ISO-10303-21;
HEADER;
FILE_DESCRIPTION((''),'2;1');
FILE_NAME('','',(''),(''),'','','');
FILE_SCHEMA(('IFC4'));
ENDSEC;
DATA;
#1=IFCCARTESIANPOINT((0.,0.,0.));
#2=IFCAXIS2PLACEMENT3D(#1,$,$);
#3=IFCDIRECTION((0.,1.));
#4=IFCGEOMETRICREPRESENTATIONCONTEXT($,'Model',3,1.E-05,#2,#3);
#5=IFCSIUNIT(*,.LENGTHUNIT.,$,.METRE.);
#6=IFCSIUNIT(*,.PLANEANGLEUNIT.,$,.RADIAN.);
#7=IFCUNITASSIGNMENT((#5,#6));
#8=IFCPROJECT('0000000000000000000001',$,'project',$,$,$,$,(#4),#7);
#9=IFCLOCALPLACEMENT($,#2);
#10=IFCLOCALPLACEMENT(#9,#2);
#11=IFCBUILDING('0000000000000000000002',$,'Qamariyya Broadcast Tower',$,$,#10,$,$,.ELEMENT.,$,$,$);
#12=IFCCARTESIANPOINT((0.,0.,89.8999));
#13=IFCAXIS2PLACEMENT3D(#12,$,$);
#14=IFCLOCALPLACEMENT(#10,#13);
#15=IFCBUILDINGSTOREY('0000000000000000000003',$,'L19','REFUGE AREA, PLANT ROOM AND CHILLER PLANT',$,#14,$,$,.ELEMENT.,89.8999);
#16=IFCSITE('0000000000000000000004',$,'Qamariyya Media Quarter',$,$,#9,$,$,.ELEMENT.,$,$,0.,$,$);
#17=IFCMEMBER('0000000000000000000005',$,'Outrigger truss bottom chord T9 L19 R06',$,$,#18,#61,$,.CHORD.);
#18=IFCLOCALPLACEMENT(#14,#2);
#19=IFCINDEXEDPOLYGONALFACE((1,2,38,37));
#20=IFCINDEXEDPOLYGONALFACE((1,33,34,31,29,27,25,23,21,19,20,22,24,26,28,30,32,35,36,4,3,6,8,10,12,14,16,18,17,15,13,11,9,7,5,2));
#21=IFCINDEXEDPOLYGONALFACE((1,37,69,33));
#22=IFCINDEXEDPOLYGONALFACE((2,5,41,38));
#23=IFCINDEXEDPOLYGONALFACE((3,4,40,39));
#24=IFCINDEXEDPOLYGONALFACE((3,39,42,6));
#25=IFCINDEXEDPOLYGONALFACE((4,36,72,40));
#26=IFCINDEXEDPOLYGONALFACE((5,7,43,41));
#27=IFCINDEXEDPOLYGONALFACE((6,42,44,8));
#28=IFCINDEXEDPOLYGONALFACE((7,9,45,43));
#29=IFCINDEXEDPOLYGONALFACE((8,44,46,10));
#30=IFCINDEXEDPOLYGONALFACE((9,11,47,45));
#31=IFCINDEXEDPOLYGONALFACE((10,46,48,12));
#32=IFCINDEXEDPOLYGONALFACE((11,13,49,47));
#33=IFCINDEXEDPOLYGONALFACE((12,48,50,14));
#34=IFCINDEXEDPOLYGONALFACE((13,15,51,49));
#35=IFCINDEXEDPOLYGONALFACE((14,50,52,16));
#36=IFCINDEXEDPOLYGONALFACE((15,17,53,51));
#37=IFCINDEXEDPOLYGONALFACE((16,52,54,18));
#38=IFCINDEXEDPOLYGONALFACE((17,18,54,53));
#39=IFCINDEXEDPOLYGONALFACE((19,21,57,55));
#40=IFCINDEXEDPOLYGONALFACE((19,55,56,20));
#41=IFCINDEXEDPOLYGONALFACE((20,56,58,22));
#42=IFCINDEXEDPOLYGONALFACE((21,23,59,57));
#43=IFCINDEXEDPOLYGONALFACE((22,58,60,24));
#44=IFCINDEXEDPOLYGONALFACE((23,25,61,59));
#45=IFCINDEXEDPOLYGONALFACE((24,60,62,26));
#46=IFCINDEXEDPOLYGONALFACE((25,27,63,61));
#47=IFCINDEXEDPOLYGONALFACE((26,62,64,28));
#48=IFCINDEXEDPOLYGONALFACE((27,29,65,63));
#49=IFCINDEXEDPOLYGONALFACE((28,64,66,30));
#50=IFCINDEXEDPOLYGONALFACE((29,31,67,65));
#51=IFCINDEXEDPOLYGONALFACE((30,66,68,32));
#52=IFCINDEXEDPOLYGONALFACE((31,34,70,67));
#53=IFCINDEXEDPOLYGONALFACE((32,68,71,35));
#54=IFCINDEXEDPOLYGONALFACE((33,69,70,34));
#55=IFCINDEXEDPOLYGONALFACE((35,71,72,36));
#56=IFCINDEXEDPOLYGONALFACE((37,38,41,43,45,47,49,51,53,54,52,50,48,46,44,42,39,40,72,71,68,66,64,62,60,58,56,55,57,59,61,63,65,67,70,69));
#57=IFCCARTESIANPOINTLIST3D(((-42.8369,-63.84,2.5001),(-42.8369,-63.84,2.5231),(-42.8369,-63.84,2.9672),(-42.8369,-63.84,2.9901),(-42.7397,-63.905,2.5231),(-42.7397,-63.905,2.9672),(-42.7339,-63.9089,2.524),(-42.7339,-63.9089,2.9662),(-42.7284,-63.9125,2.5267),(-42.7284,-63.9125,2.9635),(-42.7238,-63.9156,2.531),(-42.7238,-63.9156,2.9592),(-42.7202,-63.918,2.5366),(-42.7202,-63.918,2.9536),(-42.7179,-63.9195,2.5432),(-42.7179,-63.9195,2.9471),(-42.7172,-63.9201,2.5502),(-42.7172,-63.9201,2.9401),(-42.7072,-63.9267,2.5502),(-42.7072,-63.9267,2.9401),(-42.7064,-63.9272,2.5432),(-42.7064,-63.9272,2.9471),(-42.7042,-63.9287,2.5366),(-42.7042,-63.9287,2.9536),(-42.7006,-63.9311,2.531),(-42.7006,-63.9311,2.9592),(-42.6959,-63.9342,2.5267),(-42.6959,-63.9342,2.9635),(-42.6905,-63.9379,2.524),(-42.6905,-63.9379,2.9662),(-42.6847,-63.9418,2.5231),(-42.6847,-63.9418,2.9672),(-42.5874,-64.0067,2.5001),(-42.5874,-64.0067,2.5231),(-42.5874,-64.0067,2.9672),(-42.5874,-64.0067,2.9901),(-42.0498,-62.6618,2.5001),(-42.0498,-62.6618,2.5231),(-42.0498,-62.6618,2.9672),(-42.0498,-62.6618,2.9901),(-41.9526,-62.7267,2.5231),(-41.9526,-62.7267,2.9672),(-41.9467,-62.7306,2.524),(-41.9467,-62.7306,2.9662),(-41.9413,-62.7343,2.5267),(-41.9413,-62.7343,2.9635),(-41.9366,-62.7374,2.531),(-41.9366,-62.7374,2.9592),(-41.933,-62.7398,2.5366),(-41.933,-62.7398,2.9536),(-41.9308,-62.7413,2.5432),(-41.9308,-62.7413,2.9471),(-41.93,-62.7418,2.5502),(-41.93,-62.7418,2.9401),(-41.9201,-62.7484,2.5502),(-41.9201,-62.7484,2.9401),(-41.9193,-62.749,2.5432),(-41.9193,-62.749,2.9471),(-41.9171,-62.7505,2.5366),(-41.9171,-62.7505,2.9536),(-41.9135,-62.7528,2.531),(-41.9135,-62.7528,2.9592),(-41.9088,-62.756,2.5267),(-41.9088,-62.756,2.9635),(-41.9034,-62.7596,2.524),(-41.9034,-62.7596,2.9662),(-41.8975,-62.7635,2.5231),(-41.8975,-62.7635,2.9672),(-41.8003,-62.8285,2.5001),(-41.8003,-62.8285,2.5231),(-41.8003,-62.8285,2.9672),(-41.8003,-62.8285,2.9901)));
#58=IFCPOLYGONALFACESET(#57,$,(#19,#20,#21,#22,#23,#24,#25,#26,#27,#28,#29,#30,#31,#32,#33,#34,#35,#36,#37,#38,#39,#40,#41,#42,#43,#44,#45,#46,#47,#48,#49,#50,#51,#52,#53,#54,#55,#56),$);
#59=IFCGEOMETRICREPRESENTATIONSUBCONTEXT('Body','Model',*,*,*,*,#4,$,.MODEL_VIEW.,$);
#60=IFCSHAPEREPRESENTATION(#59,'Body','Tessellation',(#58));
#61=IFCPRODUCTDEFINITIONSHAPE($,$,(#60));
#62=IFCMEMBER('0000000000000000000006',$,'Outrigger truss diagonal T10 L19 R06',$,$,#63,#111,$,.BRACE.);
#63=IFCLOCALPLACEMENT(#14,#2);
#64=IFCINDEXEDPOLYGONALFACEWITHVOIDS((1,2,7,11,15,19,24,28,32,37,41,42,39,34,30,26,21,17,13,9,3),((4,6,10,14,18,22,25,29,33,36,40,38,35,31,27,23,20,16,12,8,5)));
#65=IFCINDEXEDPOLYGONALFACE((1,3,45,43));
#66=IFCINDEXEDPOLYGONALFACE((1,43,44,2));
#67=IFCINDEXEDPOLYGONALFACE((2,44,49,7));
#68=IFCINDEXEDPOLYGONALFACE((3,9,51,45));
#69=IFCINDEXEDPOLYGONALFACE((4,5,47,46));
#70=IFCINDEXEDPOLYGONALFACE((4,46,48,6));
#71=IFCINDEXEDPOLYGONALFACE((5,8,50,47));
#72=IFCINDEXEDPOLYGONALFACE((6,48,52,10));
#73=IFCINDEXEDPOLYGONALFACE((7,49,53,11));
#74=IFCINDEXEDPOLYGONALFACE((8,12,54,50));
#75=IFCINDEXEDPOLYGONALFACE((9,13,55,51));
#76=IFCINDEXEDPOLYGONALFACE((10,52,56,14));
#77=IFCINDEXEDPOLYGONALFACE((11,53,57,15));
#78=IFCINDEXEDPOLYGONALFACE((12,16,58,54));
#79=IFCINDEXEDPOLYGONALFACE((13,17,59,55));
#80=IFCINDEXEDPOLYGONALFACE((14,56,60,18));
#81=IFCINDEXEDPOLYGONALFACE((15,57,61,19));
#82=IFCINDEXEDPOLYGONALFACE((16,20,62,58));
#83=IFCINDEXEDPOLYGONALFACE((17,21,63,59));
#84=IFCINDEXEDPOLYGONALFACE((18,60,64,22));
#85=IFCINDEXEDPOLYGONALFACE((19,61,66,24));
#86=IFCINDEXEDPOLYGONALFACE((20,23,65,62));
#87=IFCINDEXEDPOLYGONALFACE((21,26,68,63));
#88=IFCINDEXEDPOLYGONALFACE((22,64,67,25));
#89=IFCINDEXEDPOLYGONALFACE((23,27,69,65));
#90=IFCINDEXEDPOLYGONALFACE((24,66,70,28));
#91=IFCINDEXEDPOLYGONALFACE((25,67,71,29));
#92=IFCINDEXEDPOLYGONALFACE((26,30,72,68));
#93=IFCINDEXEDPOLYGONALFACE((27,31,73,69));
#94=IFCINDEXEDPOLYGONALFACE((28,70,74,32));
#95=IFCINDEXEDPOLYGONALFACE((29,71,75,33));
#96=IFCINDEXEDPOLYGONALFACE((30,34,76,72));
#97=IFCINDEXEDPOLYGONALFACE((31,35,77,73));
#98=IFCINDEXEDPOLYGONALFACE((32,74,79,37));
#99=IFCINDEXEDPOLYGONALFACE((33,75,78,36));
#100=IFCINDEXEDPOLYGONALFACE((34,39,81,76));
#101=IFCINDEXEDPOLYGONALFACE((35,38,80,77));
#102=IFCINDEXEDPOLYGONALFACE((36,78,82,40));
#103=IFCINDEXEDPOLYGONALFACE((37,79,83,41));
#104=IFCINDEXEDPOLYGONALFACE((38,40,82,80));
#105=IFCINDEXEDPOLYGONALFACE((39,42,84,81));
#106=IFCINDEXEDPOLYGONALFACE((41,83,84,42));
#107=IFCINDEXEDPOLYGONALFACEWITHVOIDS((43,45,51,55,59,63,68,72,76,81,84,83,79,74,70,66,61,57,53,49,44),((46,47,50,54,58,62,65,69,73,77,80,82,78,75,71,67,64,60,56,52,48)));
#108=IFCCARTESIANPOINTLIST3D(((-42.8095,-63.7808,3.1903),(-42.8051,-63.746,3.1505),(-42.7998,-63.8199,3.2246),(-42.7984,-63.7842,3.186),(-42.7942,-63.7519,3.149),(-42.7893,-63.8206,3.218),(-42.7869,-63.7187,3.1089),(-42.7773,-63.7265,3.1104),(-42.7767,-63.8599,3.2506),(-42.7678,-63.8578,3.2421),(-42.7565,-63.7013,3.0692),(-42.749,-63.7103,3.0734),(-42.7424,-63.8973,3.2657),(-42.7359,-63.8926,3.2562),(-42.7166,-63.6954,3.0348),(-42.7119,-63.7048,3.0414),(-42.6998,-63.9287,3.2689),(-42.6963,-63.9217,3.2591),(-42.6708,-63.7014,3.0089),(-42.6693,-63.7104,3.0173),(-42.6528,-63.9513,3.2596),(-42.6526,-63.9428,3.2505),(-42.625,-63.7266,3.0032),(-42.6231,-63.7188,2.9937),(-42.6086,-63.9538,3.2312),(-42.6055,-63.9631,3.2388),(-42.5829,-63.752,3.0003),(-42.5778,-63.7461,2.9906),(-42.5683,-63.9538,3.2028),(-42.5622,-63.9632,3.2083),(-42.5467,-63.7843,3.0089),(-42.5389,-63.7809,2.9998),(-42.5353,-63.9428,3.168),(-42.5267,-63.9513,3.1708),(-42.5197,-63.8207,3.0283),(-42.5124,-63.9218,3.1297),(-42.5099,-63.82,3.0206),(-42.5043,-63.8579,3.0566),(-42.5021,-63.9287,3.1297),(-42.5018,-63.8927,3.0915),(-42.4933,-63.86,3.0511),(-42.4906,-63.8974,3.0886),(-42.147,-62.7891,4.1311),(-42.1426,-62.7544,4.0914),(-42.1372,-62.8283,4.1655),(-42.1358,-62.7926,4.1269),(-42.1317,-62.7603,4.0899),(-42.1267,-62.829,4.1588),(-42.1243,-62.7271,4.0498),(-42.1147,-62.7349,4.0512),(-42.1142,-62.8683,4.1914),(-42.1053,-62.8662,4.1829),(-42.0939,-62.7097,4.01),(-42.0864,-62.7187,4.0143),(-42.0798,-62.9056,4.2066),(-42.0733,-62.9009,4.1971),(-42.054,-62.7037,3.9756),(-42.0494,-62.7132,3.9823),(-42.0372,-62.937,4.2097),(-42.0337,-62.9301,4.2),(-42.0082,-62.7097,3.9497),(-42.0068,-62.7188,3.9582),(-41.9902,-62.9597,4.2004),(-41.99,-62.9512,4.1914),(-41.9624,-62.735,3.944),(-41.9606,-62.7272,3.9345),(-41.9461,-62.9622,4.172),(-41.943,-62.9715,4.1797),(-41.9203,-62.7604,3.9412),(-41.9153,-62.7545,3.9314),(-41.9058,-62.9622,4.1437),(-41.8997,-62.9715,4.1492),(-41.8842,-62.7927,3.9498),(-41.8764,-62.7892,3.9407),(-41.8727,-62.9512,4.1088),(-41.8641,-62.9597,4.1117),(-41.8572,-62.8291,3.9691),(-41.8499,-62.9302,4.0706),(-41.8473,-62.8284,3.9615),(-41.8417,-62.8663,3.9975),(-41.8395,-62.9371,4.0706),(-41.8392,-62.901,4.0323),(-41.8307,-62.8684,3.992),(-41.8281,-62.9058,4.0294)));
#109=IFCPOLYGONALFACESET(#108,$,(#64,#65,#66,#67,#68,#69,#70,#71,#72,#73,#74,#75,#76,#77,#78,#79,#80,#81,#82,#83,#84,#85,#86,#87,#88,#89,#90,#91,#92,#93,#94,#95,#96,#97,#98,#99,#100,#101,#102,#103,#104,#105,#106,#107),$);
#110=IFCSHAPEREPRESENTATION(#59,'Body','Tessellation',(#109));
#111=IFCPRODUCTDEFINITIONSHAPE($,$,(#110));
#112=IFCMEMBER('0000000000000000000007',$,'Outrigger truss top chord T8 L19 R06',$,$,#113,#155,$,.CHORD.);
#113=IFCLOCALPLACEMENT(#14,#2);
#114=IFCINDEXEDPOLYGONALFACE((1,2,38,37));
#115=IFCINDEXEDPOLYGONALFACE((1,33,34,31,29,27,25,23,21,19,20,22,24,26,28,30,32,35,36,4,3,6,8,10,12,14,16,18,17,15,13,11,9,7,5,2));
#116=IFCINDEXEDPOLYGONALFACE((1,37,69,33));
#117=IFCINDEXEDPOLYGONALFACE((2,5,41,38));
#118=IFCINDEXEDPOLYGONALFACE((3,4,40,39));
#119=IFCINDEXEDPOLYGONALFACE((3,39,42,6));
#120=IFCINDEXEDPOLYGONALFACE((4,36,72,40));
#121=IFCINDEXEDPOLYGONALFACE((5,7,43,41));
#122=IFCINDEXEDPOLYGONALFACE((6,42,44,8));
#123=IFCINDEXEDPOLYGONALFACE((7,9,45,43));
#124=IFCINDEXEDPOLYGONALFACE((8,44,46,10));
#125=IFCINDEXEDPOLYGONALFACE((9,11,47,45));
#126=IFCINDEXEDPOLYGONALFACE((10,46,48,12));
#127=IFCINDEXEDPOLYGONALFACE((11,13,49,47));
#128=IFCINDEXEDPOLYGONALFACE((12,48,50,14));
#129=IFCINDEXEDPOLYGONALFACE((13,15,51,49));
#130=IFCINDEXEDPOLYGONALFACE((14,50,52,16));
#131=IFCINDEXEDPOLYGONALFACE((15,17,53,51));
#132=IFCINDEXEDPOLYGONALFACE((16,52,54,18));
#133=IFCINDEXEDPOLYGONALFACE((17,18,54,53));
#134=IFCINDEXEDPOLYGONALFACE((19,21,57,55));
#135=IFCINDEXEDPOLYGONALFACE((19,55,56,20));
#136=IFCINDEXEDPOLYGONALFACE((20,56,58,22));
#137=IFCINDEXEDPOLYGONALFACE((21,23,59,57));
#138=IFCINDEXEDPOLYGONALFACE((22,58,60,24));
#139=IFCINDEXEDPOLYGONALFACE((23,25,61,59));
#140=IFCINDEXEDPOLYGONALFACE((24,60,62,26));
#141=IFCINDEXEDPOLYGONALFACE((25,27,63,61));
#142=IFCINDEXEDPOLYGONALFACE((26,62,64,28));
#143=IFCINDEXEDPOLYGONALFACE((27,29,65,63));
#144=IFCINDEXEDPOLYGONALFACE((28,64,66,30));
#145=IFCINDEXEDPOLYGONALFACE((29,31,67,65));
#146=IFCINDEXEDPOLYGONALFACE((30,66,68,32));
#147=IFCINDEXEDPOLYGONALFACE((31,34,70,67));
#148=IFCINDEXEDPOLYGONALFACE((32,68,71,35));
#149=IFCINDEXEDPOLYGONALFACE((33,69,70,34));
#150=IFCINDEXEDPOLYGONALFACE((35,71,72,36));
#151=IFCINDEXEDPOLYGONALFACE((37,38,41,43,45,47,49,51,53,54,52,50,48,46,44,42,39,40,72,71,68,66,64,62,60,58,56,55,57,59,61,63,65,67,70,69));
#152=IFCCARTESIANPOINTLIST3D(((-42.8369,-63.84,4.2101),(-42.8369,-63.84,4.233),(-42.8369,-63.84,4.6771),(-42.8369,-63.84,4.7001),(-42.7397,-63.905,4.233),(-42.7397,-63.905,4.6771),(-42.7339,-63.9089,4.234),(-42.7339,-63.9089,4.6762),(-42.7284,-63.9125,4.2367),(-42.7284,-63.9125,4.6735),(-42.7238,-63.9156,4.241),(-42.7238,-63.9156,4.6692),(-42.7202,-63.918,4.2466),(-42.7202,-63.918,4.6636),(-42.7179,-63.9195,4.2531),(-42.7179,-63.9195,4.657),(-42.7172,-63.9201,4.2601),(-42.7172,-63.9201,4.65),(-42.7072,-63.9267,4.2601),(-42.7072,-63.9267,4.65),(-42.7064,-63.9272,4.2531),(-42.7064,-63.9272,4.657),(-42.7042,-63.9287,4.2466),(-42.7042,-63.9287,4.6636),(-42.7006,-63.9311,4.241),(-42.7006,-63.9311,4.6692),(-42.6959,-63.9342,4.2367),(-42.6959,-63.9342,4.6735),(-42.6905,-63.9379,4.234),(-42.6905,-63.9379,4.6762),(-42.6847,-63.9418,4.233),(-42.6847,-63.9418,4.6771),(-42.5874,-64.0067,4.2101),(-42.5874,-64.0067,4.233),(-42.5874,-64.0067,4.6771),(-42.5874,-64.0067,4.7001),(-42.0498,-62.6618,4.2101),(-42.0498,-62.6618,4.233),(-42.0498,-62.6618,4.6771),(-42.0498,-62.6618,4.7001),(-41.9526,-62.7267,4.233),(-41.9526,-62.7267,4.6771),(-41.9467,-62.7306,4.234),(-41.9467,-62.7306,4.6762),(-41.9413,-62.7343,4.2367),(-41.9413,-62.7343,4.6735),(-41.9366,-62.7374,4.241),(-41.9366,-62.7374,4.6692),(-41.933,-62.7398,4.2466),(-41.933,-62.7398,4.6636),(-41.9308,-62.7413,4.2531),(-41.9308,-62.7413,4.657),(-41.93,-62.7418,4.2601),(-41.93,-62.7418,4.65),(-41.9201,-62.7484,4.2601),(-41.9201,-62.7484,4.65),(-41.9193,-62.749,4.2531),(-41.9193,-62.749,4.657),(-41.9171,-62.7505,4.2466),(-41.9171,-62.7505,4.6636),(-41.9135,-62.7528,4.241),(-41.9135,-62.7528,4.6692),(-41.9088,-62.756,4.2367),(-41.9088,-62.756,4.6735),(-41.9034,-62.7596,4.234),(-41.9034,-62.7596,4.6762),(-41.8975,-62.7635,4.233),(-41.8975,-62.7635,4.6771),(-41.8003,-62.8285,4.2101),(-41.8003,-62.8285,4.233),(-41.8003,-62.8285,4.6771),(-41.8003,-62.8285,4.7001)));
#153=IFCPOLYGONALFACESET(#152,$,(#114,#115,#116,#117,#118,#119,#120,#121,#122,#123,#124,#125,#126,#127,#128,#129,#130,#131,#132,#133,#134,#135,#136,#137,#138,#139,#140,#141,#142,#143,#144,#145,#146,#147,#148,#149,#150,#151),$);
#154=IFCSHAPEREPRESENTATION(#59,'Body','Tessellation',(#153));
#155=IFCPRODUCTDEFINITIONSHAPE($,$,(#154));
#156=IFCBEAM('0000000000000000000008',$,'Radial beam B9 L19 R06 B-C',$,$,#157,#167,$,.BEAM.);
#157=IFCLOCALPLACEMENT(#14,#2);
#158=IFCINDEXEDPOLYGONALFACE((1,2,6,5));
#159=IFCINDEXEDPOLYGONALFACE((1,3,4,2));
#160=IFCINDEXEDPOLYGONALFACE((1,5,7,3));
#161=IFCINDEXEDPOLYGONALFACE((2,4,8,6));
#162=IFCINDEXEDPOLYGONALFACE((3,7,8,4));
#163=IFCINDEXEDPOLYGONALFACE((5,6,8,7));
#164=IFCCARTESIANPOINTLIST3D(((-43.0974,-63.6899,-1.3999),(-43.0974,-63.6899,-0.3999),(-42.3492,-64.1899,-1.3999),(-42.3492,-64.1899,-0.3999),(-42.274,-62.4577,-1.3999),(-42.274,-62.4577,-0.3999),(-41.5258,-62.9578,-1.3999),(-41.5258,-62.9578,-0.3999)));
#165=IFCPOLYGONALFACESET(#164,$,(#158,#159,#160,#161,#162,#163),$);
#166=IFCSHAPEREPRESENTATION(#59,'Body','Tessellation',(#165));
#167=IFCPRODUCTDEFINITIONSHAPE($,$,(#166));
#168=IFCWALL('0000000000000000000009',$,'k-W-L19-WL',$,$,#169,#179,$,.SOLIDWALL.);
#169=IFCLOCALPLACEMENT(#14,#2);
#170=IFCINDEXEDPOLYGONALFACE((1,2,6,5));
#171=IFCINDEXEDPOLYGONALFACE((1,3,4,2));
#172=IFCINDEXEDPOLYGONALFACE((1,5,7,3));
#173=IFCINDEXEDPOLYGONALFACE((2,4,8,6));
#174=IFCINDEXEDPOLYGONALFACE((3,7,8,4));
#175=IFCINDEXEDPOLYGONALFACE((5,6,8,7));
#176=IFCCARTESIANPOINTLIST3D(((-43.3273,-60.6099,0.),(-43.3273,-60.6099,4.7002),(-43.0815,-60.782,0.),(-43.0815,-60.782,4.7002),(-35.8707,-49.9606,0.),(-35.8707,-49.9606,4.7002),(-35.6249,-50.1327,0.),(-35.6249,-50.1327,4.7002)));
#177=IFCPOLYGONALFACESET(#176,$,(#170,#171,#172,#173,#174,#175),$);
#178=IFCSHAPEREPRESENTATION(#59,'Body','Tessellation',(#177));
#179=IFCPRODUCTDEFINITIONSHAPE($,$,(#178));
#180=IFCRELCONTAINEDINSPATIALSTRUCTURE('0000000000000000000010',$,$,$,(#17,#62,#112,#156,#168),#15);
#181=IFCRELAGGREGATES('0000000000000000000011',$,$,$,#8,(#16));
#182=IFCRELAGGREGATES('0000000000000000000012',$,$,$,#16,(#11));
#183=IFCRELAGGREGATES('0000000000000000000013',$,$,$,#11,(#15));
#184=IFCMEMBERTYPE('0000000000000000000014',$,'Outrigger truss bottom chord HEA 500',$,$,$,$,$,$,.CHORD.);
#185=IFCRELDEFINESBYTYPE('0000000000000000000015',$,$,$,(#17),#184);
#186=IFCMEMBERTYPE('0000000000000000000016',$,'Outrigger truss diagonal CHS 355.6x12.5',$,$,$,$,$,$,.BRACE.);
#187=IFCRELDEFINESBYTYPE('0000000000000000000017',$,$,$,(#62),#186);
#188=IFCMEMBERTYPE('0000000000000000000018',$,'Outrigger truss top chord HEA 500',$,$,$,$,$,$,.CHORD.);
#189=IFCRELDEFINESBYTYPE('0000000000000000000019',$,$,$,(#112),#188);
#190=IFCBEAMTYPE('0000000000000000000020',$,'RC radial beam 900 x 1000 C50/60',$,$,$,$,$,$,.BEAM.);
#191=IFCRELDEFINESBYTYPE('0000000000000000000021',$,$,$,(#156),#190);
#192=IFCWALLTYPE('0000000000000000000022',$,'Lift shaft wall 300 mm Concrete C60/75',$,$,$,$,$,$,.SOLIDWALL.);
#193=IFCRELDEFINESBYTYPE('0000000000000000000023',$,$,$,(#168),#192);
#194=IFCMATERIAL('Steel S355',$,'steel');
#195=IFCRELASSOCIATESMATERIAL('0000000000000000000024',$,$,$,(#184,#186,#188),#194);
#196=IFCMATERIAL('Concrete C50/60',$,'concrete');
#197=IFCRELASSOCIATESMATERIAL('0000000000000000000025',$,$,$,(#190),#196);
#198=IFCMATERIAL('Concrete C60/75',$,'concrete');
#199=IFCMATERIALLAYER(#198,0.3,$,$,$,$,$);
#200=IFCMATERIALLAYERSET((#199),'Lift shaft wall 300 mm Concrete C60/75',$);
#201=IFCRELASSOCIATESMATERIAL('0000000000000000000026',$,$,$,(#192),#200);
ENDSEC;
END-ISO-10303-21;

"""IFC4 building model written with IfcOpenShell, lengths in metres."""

from ifc_helpers import new_model, si_unit, direction, frame, frame_2d, origin, origin_2d, place, context, subcontext, project, spatial, rectangle, hollow_circle, i_section, extrude, material, layer, layer_set, material_profile, profile_set, type_object, element, save


model = new_model("IFC4")

# Units and contexts
model_context = context("Model", 3, precision=1e-05, world=origin(), true_north=direction((0.0, 1.0)))
body_context = subcontext(model_context, "Body", "Model", "MODEL_VIEW")
ifc_project = project(units=[si_unit("LENGTHUNIT", "METRE"), si_unit("PLANEANGLEUNIT", "RADIAN")], contexts=[model_context])

# Site, building, storey
site_placement = place(None, origin())
site = spatial("IfcSite", under=ifc_project, at=site_placement, Name="Qamariyya Media Quarter", CompositionType="ELEMENT", RefElevation=0.0)
building_placement = place(site_placement, origin())
building = spatial("IfcBuilding", under=site, at=building_placement, Name="Qamariyya Broadcast Tower", CompositionType="ELEMENT")
storey_placement = place(building_placement, frame((0.0, 0.0, 89.8999)))
storey = spatial("IfcBuildingStorey", under=building, at=storey_placement, Name="L19", Description="REFUGE AREA, PLANT ROOM AND CHILLER PLANT", CompositionType="ELEMENT", Elevation=89.8999)

# Members
ifc_material_1 = material(Name="Steel S355", Category="steel")
ifc_material_profile_1 = material_profile(ifc_material_1, i_section(OverallWidth=0.3, OverallDepth=0.49, WebThickness=0.012, FlangeThickness=0.0229, FilletRadius=0.0271, at=origin_2d()))
ifc_profile_set_1 = profile_set([ifc_material_profile_1], Name="Steel S355")
member_type_1 = type_object("IfcMemberType", Name="Outrigger truss bottom chord HEA 500", PredefinedType="CHORD", material=ifc_profile_set_1)
member_1_placement = place(storey_placement, frame((-41.925, -62.7451, 2.7451), z_axis=(-0.555495, -0.83152, 0.0), x_axis=(0.83152, -0.555495, 0.0)))
element("IfcMember", 1, at=member_1_placement, inside=storey, type_object=member_type_1, Name="Outrigger truss bottom chord T9 L19 R06", PredefinedType="CHORD", context=body_context, shape_type="SweptSolid", body=[
    extrude(i_section(OverallWidth=0.3, OverallDepth=0.49, WebThickness=0.012, FlangeThickness=0.0229, FilletRadius=0.0271, at=origin_2d()), origin(), (0.0, 0.0, 1.0), 1.417),
])
ifc_material_profile_2 = material_profile(ifc_material_1, hollow_circle(Radius=0.1777, WallThickness=0.0125, at=origin_2d()))
ifc_profile_set_2 = profile_set([ifc_material_profile_2], Name="Steel S355")
member_type_2 = type_object("IfcMemberType", Name="Outrigger truss diagonal CHS 355.6x12.5", PredefinedType="BRACE", material=ifc_profile_set_2)
member_2_placement = place(storey_placement, frame((-41.9873, -62.8384, 4.0706), z_axis=(-0.436162, -0.652797, -0.61937), x_axis=(0.831483, -0.55555, 0.0)))
element("IfcMember", 2, at=member_2_placement, inside=storey, type_object=member_type_2, Name="Outrigger truss diagonal T10 L19 R06", PredefinedType="BRACE", context=body_context, shape_type="SweptSolid", body=[
    extrude(hollow_circle(Radius=0.1777, WallThickness=0.0125, at=origin_2d()), origin(), (0.0, 0.0, 1.0), 1.519),
])
ifc_material_profile_3 = material_profile(ifc_material_1, i_section(OverallWidth=0.3, OverallDepth=0.49, WebThickness=0.012, FlangeThickness=0.0229, FilletRadius=0.0271, at=origin_2d()))
ifc_profile_set_3 = profile_set([ifc_material_profile_3], Name="Steel S355")
member_type_3 = type_object("IfcMemberType", Name="Outrigger truss top chord HEA 500", PredefinedType="CHORD", material=ifc_profile_set_3)
member_3_placement = place(storey_placement, frame((-41.925, -62.7451, 4.4551), z_axis=(-0.555495, -0.83152, 0.0), x_axis=(0.83152, -0.555495, 0.0)))
element("IfcMember", 3, at=member_3_placement, inside=storey, type_object=member_type_3, Name="Outrigger truss top chord T8 L19 R06", PredefinedType="CHORD", context=body_context, shape_type="SweptSolid", body=[
    extrude(i_section(OverallWidth=0.3, OverallDepth=0.49, WebThickness=0.012, FlangeThickness=0.0229, FilletRadius=0.0271, at=origin_2d()), origin(), (0.0, 0.0, 1.0), 1.417),
])

# Beam
ifc_material_2 = material(Name="Concrete C50/60", Category="concrete")
ifc_material_profile_4 = material_profile(ifc_material_2, rectangle(XDim=0.8999, YDim=1.0, at=origin_2d()))
ifc_profile_set_4 = profile_set([ifc_material_profile_4], Name="Concrete C50/60")
beam_type = type_object("IfcBeamType", Name="RC radial beam 900 x 1000 C50/60", PredefinedType="BEAM", material=ifc_profile_set_4)
beam_placement = place(storey_placement, frame((-41.8999, -62.7078, -0.8999), z_axis=(-0.55565, -0.831416, 0.0), x_axis=(0.831416, -0.55565, 0.0)))
element("IfcBeam", 4, at=beam_placement, inside=storey, type_object=beam_type, Name="Radial beam B9 L19 R06 B-C", PredefinedType="BEAM", context=body_context, shape_type="SweptSolid", body=[
    extrude(rectangle(XDim=0.8999, YDim=1.0, at=origin_2d()), origin(), (0.0, 0.0, 1.0), 1.4819),
])

# Wall
ifc_material_3 = material(Name="Concrete C60/75", Category="concrete")
ifc_layer_1 = layer(ifc_material_3, 0.3)
ifc_layer_set_1 = layer_set([ifc_layer_1], Name="Lift shaft wall 300 mm Concrete C60/75")
wall_type = type_object("IfcWallType", Name="Lift shaft wall 300 mm Concrete C60/75", PredefinedType="SOLIDWALL", material=ifc_layer_set_1)
wall_1_placement = place(storey_placement, frame((-43.2043, -60.6958, 0.0), z_axis=(0.0, 0.0, 1.0), x_axis=(0.573572, 0.819155, 0.0)))
element("IfcWall", 5, at=wall_1_placement, inside=storey, type_object=wall_type, Name="k-W-L19-WL", PredefinedType="SOLIDWALL", context=body_context, shape_type="SweptSolid", body=[
    extrude(rectangle(XDim=13.0002, YDim=0.3, at=frame_2d((6.5, 0.0))), origin(), (0.0, 0.0, 1.0), 4.7002),
])

save(model, "model.ifc")
